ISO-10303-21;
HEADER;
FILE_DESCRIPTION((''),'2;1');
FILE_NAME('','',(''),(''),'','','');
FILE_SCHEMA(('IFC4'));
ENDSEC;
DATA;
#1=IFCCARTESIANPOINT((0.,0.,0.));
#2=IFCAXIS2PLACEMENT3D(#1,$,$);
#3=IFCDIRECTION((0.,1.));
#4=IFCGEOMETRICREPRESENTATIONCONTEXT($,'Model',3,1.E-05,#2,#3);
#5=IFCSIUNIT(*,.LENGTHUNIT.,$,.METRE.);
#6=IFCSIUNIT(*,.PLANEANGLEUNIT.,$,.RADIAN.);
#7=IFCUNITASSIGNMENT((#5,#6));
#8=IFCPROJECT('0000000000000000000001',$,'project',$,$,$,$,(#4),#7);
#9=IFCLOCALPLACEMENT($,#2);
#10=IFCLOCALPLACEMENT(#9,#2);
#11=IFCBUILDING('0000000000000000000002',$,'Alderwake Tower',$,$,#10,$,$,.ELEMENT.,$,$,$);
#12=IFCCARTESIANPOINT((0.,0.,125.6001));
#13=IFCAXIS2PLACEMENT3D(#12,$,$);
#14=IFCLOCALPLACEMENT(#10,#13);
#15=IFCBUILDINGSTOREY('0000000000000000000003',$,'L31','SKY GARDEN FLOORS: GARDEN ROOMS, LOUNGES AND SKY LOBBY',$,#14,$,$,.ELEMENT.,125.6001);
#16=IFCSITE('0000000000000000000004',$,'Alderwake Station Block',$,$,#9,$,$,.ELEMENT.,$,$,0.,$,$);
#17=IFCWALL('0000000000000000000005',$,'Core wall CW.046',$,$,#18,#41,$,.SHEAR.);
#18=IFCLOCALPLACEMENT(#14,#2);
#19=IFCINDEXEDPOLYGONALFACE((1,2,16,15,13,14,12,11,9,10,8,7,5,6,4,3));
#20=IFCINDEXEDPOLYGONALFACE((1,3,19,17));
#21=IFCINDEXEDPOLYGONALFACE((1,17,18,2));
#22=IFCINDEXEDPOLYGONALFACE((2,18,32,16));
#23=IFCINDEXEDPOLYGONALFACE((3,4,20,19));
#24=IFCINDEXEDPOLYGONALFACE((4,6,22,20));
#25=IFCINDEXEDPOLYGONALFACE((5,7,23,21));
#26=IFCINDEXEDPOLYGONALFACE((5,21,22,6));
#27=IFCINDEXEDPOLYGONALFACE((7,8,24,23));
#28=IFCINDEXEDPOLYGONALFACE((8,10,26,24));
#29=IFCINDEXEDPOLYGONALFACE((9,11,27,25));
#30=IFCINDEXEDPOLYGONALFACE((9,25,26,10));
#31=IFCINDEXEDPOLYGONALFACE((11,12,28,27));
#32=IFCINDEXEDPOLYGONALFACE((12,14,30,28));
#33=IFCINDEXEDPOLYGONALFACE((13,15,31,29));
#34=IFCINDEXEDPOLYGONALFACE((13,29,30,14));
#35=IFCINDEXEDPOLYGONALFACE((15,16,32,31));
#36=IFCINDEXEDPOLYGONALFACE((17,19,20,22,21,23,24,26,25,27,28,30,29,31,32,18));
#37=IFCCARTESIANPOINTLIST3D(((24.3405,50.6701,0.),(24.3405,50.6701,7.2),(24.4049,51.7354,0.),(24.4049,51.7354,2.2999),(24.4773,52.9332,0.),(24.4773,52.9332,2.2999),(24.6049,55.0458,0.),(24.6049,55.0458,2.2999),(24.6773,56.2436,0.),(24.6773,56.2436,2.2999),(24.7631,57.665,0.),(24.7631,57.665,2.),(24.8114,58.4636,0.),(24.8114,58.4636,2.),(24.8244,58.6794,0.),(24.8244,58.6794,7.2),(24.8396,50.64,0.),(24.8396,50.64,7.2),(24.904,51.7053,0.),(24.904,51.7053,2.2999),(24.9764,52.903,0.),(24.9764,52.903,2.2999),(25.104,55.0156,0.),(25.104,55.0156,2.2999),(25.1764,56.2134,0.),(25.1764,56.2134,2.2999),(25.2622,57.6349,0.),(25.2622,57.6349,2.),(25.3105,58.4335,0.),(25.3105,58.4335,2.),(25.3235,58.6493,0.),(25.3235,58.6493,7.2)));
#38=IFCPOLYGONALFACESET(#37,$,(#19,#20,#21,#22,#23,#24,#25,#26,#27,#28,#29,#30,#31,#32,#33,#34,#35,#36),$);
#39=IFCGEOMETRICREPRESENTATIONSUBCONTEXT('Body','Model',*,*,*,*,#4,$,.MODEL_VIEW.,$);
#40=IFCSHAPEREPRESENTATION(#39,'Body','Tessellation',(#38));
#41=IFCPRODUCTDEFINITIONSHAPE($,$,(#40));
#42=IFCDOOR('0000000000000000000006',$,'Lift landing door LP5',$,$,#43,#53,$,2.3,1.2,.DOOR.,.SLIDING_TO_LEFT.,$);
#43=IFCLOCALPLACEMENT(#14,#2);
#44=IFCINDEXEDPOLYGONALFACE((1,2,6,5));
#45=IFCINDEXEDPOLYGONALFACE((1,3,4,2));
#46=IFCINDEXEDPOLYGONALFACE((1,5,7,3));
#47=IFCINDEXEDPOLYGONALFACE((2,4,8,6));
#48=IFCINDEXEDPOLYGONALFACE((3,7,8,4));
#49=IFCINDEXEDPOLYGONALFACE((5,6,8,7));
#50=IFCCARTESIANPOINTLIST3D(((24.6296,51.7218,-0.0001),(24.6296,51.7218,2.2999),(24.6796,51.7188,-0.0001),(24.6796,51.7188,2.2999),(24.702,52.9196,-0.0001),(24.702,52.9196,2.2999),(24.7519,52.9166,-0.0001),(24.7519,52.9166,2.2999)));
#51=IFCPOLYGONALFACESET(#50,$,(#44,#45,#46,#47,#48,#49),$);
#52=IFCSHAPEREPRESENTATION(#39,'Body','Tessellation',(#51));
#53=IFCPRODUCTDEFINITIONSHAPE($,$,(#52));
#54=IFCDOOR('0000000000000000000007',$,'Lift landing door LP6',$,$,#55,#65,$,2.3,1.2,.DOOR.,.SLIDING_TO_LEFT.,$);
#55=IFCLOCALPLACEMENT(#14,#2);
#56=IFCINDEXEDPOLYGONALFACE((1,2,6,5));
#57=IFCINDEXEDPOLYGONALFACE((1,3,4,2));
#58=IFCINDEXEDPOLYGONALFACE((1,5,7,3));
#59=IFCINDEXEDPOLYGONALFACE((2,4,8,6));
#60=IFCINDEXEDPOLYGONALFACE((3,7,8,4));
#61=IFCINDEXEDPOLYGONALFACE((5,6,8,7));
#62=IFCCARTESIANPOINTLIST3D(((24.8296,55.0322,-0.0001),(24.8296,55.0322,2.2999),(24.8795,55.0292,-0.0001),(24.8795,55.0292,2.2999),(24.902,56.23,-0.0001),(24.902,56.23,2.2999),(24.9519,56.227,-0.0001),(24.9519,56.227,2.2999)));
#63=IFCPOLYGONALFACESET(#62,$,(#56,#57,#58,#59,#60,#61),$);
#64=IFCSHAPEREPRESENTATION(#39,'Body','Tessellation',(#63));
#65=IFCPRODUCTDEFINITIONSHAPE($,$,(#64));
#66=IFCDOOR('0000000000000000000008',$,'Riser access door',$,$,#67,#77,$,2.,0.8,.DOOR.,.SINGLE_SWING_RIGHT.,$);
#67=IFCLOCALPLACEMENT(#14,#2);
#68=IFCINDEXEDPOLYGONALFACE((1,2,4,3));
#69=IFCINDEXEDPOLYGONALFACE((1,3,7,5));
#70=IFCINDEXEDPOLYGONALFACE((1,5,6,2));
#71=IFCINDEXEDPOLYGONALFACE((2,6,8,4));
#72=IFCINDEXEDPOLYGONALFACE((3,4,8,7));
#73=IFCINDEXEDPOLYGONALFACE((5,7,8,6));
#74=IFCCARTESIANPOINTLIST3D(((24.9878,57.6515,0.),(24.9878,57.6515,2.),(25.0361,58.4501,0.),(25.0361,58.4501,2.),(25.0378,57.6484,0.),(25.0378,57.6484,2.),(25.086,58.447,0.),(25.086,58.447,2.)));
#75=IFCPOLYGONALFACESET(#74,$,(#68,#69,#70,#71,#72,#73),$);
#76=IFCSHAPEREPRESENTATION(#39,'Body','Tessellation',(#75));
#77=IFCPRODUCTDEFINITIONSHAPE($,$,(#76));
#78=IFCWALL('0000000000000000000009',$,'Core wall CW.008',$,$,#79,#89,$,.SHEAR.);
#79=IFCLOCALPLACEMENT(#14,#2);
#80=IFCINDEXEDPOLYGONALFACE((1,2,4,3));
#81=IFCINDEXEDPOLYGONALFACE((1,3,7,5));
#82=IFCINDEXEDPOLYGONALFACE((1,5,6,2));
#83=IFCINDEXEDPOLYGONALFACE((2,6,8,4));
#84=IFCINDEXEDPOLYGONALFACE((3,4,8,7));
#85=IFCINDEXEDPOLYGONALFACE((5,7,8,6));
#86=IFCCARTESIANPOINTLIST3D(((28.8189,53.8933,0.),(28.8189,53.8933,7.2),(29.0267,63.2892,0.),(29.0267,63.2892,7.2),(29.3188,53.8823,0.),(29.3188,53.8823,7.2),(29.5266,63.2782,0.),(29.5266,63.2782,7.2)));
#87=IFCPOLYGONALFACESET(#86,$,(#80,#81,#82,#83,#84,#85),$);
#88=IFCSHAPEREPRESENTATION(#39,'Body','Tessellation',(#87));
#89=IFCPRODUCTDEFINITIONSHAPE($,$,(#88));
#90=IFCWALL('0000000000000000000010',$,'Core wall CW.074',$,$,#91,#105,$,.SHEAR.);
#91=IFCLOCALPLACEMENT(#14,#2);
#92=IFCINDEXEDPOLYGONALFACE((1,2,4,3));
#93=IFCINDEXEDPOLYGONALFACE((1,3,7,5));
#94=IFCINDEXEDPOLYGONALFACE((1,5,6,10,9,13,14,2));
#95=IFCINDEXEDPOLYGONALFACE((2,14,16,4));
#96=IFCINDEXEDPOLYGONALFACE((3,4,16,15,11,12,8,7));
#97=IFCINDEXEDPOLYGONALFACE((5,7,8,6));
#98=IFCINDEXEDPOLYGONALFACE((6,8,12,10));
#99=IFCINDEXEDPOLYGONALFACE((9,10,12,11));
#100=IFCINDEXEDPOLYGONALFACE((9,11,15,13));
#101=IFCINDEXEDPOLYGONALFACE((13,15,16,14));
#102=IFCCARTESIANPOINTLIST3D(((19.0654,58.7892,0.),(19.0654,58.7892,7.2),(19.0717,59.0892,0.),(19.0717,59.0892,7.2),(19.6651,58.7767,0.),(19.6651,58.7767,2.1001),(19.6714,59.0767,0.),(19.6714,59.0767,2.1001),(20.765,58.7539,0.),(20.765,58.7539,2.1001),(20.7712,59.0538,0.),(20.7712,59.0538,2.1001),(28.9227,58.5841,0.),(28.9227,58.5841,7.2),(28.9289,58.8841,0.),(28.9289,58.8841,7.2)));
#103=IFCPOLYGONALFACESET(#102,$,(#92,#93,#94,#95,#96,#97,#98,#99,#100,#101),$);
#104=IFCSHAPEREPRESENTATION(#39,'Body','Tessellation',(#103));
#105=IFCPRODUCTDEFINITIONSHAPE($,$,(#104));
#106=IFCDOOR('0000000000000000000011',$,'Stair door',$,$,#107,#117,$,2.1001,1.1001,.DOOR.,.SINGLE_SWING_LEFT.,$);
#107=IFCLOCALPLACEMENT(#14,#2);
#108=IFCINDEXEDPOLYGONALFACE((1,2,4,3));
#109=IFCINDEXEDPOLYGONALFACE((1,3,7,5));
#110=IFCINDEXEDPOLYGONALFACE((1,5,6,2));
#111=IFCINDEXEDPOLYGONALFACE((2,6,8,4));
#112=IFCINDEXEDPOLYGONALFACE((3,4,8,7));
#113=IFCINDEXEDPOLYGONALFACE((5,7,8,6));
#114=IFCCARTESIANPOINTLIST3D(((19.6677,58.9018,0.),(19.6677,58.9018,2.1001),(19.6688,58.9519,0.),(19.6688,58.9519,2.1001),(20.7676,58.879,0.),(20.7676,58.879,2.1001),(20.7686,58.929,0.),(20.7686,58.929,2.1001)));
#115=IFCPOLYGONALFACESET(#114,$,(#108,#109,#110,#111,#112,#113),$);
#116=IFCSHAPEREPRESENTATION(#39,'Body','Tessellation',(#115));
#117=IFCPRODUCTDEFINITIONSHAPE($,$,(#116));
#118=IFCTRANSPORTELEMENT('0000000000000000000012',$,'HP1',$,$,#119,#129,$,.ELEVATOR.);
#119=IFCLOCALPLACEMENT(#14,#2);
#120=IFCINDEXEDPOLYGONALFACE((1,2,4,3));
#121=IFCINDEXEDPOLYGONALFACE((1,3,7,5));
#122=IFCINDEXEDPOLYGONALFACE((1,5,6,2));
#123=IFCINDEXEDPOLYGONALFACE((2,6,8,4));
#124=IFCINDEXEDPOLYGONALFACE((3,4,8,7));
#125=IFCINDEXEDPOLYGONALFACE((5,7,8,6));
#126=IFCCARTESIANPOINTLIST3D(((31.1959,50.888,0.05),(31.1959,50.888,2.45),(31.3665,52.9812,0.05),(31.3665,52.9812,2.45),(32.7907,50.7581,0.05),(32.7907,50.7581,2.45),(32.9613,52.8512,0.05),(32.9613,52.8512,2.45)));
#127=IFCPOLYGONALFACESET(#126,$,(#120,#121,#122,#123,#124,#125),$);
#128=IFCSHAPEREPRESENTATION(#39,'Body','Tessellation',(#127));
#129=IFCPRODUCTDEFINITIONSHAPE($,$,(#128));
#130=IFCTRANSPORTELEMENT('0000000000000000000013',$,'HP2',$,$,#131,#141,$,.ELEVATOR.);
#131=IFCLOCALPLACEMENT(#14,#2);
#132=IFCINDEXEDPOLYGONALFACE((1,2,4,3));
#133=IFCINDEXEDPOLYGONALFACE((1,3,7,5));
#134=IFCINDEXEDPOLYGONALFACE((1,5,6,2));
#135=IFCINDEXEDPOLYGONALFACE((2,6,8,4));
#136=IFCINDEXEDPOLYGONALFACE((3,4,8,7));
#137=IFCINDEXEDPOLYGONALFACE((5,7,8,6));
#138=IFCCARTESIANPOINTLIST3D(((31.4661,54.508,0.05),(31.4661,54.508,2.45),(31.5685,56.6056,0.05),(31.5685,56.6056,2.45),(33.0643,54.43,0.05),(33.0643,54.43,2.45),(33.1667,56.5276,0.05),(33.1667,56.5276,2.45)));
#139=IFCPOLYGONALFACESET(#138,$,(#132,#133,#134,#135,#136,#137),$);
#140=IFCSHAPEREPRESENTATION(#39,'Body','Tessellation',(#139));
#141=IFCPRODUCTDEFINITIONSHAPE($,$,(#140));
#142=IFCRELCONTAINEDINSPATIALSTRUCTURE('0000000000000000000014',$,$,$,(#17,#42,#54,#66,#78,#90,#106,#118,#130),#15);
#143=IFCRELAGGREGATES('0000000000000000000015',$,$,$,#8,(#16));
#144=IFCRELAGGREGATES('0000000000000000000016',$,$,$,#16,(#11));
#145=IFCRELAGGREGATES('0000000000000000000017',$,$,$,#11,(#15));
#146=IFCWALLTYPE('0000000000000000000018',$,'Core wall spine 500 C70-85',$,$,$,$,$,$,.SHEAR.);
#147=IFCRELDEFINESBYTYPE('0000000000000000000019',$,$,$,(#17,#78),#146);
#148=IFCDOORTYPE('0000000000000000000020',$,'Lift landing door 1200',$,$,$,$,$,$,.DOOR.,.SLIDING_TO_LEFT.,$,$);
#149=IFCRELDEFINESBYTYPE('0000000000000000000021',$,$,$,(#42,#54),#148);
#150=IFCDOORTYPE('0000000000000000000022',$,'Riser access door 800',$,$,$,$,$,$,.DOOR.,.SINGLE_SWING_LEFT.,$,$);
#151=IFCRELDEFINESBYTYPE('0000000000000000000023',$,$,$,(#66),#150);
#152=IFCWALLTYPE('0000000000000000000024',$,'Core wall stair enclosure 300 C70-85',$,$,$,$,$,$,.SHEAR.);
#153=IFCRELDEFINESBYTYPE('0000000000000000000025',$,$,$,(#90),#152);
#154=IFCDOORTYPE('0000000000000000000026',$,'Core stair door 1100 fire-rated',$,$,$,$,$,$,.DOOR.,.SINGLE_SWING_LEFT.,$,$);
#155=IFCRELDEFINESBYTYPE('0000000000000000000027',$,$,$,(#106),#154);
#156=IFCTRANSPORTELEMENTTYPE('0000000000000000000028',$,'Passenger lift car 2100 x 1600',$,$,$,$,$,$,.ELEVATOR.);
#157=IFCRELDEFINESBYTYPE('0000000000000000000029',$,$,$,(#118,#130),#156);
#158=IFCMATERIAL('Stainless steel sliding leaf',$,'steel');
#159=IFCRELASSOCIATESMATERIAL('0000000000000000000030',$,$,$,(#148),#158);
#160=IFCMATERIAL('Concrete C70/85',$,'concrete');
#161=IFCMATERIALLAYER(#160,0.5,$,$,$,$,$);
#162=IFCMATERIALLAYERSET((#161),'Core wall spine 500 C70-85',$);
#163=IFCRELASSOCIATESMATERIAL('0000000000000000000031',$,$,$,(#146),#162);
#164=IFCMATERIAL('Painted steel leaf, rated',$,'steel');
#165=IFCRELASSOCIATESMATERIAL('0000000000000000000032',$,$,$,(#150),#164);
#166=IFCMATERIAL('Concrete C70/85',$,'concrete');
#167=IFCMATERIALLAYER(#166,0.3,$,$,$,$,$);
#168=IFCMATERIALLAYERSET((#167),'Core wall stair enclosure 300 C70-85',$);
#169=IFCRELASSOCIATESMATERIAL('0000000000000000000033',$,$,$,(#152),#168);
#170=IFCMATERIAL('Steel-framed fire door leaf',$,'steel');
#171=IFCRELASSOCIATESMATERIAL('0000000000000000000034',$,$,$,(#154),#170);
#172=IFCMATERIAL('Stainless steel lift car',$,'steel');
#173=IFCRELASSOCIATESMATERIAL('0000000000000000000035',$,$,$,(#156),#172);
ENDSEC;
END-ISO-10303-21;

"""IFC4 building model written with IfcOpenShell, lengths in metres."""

from ifc_helpers import new_model, si_unit, direction, frame, frame_2d, origin, origin_2d, place, context, subcontext, project, spatial, rectangle, extrude, material, layer, layer_set, type_object, element, fill, save


model = new_model("IFC4")

# Units and contexts
model_context = context("Model", 3, precision=1e-05, world=origin(), true_north=direction((0.0, 1.0)))
body_context = subcontext(model_context, "Body", "Model", "MODEL_VIEW")
ifc_project = project(units=[si_unit("LENGTHUNIT", "METRE"), si_unit("PLANEANGLEUNIT", "RADIAN")], contexts=[model_context])

# Site, building, storey
site_placement = place(None, origin())
site = spatial("IfcSite", under=ifc_project, at=site_placement, Name="Alderwake Station Block", CompositionType="ELEMENT", RefElevation=0.0)
building_placement = place(site_placement, origin())
building = spatial("IfcBuilding", under=site, at=building_placement, Name="Alderwake Tower", CompositionType="ELEMENT")
storey_placement = place(building_placement, frame((0.0, 0.0, 125.6001)))
storey = spatial("IfcBuildingStorey", under=building, at=storey_placement, Name="L31", Description="SKY GARDEN FLOORS: GARDEN ROOMS, LOUNGES AND SKY LOBBY", CompositionType="ELEMENT", Elevation=125.6001)

# Shared definitions
ifc_material_1 = material(Name="Stainless steel sliding leaf", Category="steel")
door_type_1 = type_object("IfcDoorType", Name="Lift landing door 1200", OperationType="SLIDING_TO_LEFT", PredefinedType="DOOR", material=ifc_material_1)

# Wall, openings, doors
ifc_material_2 = material(Name="Concrete C70/85", Category="concrete")
ifc_layer_1 = layer(ifc_material_2, 0.5)
ifc_layer_set_1 = layer_set([ifc_layer_1], Name="Core wall spine 500 C70-85")
wall_type_1 = type_object("IfcWallType", Name="Core wall spine 500 C70-85", PredefinedType="SHEAR", material=ifc_layer_set_1)
ifc_material_3 = material(Name="Painted steel leaf, rated", Category="steel")
door_type_2 = type_object("IfcDoorType", Name="Riser access door 800", OperationType="SINGLE_SWING_LEFT", PredefinedType="DOOR", material=ifc_material_3)
wall_1_placement = place(storey_placement, frame((24.5901, 50.655, 0.0), z_axis=(0.0, 0.0, 1.0), x_axis=(0.060306, 0.99818, 0.0)))
wall_1 = element("IfcWall", 1, at=wall_1_placement, inside=storey, type_object=wall_type_1, Name="Core wall CW.046", PredefinedType="SHEAR", context=body_context, shape_type="SweptSolid", body=[
    extrude(rectangle(XDim=8.0239, YDim=0.5, at=frame_2d((4.012, 0.0))), origin(), (0.0, 0.0, 1.0), 7.2),
])
opening_1_placement = place(wall_1_placement, frame((1.0671, 0.0, 0.0)))
opening_1 = element("IfcOpeningElement", 2, at=opening_1_placement, cuts=wall_1, PredefinedType="OPENING", context=body_context, shape_type="SweptSolid", body=[
    extrude(rectangle(XDim=1.2, YDim=2.3, at=frame_2d((0.6001, 1.1499))), frame((0.0, 0.26, 0.0), z_axis=(0.0, -1.0, 0.0), x_axis=(1.0, 0.0, 0.0)), (0.0, 0.0, 1.0), 0.52),
])
opening_2_placement = place(wall_1_placement, frame((4.3835, 0.0, 0.0)))
opening_2 = element("IfcOpeningElement", 3, at=opening_2_placement, cuts=wall_1, PredefinedType="OPENING", context=body_context, shape_type="SweptSolid", body=[
    extrude(rectangle(XDim=1.2, YDim=2.3, at=frame_2d((0.6001, 1.1499))), frame((0.0, 0.26, 0.0), z_axis=(0.0, -1.0, 0.0), x_axis=(1.0, 0.0, 0.0)), (0.0, 0.0, 1.0), 0.52),
])
opening_3_placement = place(wall_1_placement, frame((7.0078, 0.0, 0.0)))
opening_3 = element("IfcOpeningElement", 4, at=opening_3_placement, cuts=wall_1, PredefinedType="OPENING", context=body_context, shape_type="SweptSolid", body=[
    extrude(rectangle(XDim=0.8, YDim=2.0, at=frame_2d((0.3999, 1.0))), frame((0.0, 0.26, 0.0), z_axis=(0.0, -1.0, 0.0), x_axis=(1.0, 0.0, 0.0)), (0.0, 0.0, 1.0), 0.52),
])
door_1_placement = place(opening_1_placement, origin())
door_1 = element("IfcDoor", 5, at=door_1_placement, inside=storey, type_object=door_type_1, Name="Lift landing door LP5", OperationType="SLIDING_TO_LEFT", OverallHeight=2.3, OverallWidth=1.2, PredefinedType="DOOR", context=body_context, shape_type="SweptSolid", body=[
    extrude(rectangle(XDim=1.2, YDim=2.3, at=frame_2d((0.6001, 1.1499))), frame((0.0, 0.0249, 0.0), z_axis=(0.0, -1.0, 0.0), x_axis=(1.0, 0.0, 0.0)), (0.0, 0.0, 1.0), 0.05),
])
fill(opening_1, door_1)
door_2_placement = place(opening_2_placement, origin())
door_2 = element("IfcDoor", 6, at=door_2_placement, inside=storey, type_object=door_type_1, Name="Lift landing door LP6", OperationType="SLIDING_TO_LEFT", OverallHeight=2.3, OverallWidth=1.2, PredefinedType="DOOR", context=body_context, shape_type="SweptSolid", body=[
    extrude(rectangle(XDim=1.2, YDim=2.3, at=frame_2d((0.6001, 1.1499))), frame((0.0, 0.0249, 0.0), z_axis=(0.0, -1.0, 0.0), x_axis=(1.0, 0.0, 0.0)), (0.0, 0.0, 1.0), 0.05),
])
fill(opening_2, door_2)
door_3_placement = place(opening_3_placement, origin())
door_3 = element("IfcDoor", 7, at=door_3_placement, inside=storey, type_object=door_type_2, Name="Riser access door", OperationType="SINGLE_SWING_RIGHT", OverallHeight=2.0, OverallWidth=0.8, PredefinedType="DOOR", context=body_context, shape_type="SweptSolid", body=[
    extrude(rectangle(XDim=0.8, YDim=2.0, at=frame_2d((0.3999, 1.0))), frame((0.0, 0.0249, 0.0), z_axis=(0.0, -1.0, 0.0), x_axis=(1.0, 0.0, 0.0)), (0.0, 0.0, 1.0), 0.05),
])
fill(opening_3, door_3)

# Wall
wall_2_placement = place(storey_placement, frame((29.0688, 53.8877, 0.0), z_axis=(0.0, 0.0, 1.0), x_axis=(0.022107, 0.999756, 0.0)))
element("IfcWall", 8, at=wall_2_placement, inside=storey, type_object=wall_type_1, Name="Core wall CW.008", PredefinedType="SHEAR", context=body_context, shape_type="SweptSolid", body=[
    extrude(rectangle(XDim=9.3982, YDim=0.5, at=frame_2d((4.6992, 0.0))), origin(), (0.0, 0.0, 1.0), 7.2),
])

# Wall, opening, door
ifc_material_4 = material(Name="Concrete C70/85", Category="concrete")
ifc_layer_2 = layer(ifc_material_4, 0.3)
ifc_layer_set_2 = layer_set([ifc_layer_2], Name="Core wall stair enclosure 300 C70-85")
wall_type_2 = type_object("IfcWallType", Name="Core wall stair enclosure 300 C70-85", PredefinedType="SHEAR", material=ifc_layer_set_2)
wall_3_placement = place(storey_placement, frame((28.9258, 58.7341, 0.0), z_axis=(0.0, 0.0, 1.0), x_axis=(-0.999784, 0.0208, 0.0)))
wall_3 = element("IfcWall", 9, at=wall_3_placement, inside=storey, type_object=wall_type_2, Name="Core wall CW.074", PredefinedType="SHEAR", context=body_context, shape_type="SweptSolid", body=[
    extrude(rectangle(XDim=9.8594, YDim=0.3, at=frame_2d((4.9297, 0.0))), origin(), (0.0, 0.0, 1.0), 7.2),
])
opening_4_placement = place(wall_3_placement, frame((8.1594, 0.0, 0.0)))
opening_4 = element("IfcOpeningElement", 10, at=opening_4_placement, cuts=wall_3, PredefinedType="OPENING", context=body_context, shape_type="SweptSolid", body=[
    extrude(rectangle(XDim=1.1001, YDim=2.1001, at=frame_2d((0.55, 1.05))), frame((0.0, 0.1599, 0.0), z_axis=(0.0, -1.0, 0.0), x_axis=(1.0, 0.0, 0.0)), (0.0, 0.0, 1.0), 0.3201),
])
ifc_material_5 = material(Name="Steel-framed fire door leaf", Category="steel")
door_type_3 = type_object("IfcDoorType", Name="Core stair door 1100 fire-rated", OperationType="SINGLE_SWING_LEFT", PredefinedType="DOOR", material=ifc_material_5)
door_4_placement = place(opening_4_placement, origin())
door_4 = element("IfcDoor", 11, at=door_4_placement, inside=storey, type_object=door_type_3, Name="Stair door", OperationType="SINGLE_SWING_LEFT", OverallHeight=2.1001, OverallWidth=1.1001, PredefinedType="DOOR", context=body_context, shape_type="SweptSolid", body=[
    extrude(rectangle(XDim=1.1001, YDim=2.1001, at=frame_2d((0.55, 1.05))), frame((0.0, 0.0249, 0.0), z_axis=(0.0, -1.0, 0.0), x_axis=(1.0, 0.0, 0.0)), (0.0, 0.0, 1.0), 0.05),
])
fill(opening_4, door_4)

# Transport elements
ifc_material_6 = material(Name="Stainless steel lift car", Category="steel")
transport_element_type = type_object("IfcTransportElementType", Name="Passenger lift car 2100 x 1600", PredefinedType="ELEVATOR", material=ifc_material_6)
for number, where, z_axis, x_axis, name in (
    (12, (32.0786, 51.8696, 0.05), (0.0, 0.0, 1.0), (0.996697, -0.08121, 0.0), "HP1"),
    (13, (32.3164, 55.5178, 0.05), (0.0, 0.0, 1.0), (0.99881, -0.04878, 0.0), "HP2"),
):
    element("IfcTransportElement", number, at=place(storey_placement, frame(where, z_axis=z_axis, x_axis=x_axis)), inside=storey, type_object=transport_element_type, Name=name, PredefinedType="ELEVATOR", context=body_context, shape_type="SweptSolid", body=[
        extrude(rectangle(XDim=1.6001, YDim=2.1001, at=origin_2d()), origin(), (0.0, 0.0, 1.0), 2.3999),
    ])

save(model, "model.ifc")
